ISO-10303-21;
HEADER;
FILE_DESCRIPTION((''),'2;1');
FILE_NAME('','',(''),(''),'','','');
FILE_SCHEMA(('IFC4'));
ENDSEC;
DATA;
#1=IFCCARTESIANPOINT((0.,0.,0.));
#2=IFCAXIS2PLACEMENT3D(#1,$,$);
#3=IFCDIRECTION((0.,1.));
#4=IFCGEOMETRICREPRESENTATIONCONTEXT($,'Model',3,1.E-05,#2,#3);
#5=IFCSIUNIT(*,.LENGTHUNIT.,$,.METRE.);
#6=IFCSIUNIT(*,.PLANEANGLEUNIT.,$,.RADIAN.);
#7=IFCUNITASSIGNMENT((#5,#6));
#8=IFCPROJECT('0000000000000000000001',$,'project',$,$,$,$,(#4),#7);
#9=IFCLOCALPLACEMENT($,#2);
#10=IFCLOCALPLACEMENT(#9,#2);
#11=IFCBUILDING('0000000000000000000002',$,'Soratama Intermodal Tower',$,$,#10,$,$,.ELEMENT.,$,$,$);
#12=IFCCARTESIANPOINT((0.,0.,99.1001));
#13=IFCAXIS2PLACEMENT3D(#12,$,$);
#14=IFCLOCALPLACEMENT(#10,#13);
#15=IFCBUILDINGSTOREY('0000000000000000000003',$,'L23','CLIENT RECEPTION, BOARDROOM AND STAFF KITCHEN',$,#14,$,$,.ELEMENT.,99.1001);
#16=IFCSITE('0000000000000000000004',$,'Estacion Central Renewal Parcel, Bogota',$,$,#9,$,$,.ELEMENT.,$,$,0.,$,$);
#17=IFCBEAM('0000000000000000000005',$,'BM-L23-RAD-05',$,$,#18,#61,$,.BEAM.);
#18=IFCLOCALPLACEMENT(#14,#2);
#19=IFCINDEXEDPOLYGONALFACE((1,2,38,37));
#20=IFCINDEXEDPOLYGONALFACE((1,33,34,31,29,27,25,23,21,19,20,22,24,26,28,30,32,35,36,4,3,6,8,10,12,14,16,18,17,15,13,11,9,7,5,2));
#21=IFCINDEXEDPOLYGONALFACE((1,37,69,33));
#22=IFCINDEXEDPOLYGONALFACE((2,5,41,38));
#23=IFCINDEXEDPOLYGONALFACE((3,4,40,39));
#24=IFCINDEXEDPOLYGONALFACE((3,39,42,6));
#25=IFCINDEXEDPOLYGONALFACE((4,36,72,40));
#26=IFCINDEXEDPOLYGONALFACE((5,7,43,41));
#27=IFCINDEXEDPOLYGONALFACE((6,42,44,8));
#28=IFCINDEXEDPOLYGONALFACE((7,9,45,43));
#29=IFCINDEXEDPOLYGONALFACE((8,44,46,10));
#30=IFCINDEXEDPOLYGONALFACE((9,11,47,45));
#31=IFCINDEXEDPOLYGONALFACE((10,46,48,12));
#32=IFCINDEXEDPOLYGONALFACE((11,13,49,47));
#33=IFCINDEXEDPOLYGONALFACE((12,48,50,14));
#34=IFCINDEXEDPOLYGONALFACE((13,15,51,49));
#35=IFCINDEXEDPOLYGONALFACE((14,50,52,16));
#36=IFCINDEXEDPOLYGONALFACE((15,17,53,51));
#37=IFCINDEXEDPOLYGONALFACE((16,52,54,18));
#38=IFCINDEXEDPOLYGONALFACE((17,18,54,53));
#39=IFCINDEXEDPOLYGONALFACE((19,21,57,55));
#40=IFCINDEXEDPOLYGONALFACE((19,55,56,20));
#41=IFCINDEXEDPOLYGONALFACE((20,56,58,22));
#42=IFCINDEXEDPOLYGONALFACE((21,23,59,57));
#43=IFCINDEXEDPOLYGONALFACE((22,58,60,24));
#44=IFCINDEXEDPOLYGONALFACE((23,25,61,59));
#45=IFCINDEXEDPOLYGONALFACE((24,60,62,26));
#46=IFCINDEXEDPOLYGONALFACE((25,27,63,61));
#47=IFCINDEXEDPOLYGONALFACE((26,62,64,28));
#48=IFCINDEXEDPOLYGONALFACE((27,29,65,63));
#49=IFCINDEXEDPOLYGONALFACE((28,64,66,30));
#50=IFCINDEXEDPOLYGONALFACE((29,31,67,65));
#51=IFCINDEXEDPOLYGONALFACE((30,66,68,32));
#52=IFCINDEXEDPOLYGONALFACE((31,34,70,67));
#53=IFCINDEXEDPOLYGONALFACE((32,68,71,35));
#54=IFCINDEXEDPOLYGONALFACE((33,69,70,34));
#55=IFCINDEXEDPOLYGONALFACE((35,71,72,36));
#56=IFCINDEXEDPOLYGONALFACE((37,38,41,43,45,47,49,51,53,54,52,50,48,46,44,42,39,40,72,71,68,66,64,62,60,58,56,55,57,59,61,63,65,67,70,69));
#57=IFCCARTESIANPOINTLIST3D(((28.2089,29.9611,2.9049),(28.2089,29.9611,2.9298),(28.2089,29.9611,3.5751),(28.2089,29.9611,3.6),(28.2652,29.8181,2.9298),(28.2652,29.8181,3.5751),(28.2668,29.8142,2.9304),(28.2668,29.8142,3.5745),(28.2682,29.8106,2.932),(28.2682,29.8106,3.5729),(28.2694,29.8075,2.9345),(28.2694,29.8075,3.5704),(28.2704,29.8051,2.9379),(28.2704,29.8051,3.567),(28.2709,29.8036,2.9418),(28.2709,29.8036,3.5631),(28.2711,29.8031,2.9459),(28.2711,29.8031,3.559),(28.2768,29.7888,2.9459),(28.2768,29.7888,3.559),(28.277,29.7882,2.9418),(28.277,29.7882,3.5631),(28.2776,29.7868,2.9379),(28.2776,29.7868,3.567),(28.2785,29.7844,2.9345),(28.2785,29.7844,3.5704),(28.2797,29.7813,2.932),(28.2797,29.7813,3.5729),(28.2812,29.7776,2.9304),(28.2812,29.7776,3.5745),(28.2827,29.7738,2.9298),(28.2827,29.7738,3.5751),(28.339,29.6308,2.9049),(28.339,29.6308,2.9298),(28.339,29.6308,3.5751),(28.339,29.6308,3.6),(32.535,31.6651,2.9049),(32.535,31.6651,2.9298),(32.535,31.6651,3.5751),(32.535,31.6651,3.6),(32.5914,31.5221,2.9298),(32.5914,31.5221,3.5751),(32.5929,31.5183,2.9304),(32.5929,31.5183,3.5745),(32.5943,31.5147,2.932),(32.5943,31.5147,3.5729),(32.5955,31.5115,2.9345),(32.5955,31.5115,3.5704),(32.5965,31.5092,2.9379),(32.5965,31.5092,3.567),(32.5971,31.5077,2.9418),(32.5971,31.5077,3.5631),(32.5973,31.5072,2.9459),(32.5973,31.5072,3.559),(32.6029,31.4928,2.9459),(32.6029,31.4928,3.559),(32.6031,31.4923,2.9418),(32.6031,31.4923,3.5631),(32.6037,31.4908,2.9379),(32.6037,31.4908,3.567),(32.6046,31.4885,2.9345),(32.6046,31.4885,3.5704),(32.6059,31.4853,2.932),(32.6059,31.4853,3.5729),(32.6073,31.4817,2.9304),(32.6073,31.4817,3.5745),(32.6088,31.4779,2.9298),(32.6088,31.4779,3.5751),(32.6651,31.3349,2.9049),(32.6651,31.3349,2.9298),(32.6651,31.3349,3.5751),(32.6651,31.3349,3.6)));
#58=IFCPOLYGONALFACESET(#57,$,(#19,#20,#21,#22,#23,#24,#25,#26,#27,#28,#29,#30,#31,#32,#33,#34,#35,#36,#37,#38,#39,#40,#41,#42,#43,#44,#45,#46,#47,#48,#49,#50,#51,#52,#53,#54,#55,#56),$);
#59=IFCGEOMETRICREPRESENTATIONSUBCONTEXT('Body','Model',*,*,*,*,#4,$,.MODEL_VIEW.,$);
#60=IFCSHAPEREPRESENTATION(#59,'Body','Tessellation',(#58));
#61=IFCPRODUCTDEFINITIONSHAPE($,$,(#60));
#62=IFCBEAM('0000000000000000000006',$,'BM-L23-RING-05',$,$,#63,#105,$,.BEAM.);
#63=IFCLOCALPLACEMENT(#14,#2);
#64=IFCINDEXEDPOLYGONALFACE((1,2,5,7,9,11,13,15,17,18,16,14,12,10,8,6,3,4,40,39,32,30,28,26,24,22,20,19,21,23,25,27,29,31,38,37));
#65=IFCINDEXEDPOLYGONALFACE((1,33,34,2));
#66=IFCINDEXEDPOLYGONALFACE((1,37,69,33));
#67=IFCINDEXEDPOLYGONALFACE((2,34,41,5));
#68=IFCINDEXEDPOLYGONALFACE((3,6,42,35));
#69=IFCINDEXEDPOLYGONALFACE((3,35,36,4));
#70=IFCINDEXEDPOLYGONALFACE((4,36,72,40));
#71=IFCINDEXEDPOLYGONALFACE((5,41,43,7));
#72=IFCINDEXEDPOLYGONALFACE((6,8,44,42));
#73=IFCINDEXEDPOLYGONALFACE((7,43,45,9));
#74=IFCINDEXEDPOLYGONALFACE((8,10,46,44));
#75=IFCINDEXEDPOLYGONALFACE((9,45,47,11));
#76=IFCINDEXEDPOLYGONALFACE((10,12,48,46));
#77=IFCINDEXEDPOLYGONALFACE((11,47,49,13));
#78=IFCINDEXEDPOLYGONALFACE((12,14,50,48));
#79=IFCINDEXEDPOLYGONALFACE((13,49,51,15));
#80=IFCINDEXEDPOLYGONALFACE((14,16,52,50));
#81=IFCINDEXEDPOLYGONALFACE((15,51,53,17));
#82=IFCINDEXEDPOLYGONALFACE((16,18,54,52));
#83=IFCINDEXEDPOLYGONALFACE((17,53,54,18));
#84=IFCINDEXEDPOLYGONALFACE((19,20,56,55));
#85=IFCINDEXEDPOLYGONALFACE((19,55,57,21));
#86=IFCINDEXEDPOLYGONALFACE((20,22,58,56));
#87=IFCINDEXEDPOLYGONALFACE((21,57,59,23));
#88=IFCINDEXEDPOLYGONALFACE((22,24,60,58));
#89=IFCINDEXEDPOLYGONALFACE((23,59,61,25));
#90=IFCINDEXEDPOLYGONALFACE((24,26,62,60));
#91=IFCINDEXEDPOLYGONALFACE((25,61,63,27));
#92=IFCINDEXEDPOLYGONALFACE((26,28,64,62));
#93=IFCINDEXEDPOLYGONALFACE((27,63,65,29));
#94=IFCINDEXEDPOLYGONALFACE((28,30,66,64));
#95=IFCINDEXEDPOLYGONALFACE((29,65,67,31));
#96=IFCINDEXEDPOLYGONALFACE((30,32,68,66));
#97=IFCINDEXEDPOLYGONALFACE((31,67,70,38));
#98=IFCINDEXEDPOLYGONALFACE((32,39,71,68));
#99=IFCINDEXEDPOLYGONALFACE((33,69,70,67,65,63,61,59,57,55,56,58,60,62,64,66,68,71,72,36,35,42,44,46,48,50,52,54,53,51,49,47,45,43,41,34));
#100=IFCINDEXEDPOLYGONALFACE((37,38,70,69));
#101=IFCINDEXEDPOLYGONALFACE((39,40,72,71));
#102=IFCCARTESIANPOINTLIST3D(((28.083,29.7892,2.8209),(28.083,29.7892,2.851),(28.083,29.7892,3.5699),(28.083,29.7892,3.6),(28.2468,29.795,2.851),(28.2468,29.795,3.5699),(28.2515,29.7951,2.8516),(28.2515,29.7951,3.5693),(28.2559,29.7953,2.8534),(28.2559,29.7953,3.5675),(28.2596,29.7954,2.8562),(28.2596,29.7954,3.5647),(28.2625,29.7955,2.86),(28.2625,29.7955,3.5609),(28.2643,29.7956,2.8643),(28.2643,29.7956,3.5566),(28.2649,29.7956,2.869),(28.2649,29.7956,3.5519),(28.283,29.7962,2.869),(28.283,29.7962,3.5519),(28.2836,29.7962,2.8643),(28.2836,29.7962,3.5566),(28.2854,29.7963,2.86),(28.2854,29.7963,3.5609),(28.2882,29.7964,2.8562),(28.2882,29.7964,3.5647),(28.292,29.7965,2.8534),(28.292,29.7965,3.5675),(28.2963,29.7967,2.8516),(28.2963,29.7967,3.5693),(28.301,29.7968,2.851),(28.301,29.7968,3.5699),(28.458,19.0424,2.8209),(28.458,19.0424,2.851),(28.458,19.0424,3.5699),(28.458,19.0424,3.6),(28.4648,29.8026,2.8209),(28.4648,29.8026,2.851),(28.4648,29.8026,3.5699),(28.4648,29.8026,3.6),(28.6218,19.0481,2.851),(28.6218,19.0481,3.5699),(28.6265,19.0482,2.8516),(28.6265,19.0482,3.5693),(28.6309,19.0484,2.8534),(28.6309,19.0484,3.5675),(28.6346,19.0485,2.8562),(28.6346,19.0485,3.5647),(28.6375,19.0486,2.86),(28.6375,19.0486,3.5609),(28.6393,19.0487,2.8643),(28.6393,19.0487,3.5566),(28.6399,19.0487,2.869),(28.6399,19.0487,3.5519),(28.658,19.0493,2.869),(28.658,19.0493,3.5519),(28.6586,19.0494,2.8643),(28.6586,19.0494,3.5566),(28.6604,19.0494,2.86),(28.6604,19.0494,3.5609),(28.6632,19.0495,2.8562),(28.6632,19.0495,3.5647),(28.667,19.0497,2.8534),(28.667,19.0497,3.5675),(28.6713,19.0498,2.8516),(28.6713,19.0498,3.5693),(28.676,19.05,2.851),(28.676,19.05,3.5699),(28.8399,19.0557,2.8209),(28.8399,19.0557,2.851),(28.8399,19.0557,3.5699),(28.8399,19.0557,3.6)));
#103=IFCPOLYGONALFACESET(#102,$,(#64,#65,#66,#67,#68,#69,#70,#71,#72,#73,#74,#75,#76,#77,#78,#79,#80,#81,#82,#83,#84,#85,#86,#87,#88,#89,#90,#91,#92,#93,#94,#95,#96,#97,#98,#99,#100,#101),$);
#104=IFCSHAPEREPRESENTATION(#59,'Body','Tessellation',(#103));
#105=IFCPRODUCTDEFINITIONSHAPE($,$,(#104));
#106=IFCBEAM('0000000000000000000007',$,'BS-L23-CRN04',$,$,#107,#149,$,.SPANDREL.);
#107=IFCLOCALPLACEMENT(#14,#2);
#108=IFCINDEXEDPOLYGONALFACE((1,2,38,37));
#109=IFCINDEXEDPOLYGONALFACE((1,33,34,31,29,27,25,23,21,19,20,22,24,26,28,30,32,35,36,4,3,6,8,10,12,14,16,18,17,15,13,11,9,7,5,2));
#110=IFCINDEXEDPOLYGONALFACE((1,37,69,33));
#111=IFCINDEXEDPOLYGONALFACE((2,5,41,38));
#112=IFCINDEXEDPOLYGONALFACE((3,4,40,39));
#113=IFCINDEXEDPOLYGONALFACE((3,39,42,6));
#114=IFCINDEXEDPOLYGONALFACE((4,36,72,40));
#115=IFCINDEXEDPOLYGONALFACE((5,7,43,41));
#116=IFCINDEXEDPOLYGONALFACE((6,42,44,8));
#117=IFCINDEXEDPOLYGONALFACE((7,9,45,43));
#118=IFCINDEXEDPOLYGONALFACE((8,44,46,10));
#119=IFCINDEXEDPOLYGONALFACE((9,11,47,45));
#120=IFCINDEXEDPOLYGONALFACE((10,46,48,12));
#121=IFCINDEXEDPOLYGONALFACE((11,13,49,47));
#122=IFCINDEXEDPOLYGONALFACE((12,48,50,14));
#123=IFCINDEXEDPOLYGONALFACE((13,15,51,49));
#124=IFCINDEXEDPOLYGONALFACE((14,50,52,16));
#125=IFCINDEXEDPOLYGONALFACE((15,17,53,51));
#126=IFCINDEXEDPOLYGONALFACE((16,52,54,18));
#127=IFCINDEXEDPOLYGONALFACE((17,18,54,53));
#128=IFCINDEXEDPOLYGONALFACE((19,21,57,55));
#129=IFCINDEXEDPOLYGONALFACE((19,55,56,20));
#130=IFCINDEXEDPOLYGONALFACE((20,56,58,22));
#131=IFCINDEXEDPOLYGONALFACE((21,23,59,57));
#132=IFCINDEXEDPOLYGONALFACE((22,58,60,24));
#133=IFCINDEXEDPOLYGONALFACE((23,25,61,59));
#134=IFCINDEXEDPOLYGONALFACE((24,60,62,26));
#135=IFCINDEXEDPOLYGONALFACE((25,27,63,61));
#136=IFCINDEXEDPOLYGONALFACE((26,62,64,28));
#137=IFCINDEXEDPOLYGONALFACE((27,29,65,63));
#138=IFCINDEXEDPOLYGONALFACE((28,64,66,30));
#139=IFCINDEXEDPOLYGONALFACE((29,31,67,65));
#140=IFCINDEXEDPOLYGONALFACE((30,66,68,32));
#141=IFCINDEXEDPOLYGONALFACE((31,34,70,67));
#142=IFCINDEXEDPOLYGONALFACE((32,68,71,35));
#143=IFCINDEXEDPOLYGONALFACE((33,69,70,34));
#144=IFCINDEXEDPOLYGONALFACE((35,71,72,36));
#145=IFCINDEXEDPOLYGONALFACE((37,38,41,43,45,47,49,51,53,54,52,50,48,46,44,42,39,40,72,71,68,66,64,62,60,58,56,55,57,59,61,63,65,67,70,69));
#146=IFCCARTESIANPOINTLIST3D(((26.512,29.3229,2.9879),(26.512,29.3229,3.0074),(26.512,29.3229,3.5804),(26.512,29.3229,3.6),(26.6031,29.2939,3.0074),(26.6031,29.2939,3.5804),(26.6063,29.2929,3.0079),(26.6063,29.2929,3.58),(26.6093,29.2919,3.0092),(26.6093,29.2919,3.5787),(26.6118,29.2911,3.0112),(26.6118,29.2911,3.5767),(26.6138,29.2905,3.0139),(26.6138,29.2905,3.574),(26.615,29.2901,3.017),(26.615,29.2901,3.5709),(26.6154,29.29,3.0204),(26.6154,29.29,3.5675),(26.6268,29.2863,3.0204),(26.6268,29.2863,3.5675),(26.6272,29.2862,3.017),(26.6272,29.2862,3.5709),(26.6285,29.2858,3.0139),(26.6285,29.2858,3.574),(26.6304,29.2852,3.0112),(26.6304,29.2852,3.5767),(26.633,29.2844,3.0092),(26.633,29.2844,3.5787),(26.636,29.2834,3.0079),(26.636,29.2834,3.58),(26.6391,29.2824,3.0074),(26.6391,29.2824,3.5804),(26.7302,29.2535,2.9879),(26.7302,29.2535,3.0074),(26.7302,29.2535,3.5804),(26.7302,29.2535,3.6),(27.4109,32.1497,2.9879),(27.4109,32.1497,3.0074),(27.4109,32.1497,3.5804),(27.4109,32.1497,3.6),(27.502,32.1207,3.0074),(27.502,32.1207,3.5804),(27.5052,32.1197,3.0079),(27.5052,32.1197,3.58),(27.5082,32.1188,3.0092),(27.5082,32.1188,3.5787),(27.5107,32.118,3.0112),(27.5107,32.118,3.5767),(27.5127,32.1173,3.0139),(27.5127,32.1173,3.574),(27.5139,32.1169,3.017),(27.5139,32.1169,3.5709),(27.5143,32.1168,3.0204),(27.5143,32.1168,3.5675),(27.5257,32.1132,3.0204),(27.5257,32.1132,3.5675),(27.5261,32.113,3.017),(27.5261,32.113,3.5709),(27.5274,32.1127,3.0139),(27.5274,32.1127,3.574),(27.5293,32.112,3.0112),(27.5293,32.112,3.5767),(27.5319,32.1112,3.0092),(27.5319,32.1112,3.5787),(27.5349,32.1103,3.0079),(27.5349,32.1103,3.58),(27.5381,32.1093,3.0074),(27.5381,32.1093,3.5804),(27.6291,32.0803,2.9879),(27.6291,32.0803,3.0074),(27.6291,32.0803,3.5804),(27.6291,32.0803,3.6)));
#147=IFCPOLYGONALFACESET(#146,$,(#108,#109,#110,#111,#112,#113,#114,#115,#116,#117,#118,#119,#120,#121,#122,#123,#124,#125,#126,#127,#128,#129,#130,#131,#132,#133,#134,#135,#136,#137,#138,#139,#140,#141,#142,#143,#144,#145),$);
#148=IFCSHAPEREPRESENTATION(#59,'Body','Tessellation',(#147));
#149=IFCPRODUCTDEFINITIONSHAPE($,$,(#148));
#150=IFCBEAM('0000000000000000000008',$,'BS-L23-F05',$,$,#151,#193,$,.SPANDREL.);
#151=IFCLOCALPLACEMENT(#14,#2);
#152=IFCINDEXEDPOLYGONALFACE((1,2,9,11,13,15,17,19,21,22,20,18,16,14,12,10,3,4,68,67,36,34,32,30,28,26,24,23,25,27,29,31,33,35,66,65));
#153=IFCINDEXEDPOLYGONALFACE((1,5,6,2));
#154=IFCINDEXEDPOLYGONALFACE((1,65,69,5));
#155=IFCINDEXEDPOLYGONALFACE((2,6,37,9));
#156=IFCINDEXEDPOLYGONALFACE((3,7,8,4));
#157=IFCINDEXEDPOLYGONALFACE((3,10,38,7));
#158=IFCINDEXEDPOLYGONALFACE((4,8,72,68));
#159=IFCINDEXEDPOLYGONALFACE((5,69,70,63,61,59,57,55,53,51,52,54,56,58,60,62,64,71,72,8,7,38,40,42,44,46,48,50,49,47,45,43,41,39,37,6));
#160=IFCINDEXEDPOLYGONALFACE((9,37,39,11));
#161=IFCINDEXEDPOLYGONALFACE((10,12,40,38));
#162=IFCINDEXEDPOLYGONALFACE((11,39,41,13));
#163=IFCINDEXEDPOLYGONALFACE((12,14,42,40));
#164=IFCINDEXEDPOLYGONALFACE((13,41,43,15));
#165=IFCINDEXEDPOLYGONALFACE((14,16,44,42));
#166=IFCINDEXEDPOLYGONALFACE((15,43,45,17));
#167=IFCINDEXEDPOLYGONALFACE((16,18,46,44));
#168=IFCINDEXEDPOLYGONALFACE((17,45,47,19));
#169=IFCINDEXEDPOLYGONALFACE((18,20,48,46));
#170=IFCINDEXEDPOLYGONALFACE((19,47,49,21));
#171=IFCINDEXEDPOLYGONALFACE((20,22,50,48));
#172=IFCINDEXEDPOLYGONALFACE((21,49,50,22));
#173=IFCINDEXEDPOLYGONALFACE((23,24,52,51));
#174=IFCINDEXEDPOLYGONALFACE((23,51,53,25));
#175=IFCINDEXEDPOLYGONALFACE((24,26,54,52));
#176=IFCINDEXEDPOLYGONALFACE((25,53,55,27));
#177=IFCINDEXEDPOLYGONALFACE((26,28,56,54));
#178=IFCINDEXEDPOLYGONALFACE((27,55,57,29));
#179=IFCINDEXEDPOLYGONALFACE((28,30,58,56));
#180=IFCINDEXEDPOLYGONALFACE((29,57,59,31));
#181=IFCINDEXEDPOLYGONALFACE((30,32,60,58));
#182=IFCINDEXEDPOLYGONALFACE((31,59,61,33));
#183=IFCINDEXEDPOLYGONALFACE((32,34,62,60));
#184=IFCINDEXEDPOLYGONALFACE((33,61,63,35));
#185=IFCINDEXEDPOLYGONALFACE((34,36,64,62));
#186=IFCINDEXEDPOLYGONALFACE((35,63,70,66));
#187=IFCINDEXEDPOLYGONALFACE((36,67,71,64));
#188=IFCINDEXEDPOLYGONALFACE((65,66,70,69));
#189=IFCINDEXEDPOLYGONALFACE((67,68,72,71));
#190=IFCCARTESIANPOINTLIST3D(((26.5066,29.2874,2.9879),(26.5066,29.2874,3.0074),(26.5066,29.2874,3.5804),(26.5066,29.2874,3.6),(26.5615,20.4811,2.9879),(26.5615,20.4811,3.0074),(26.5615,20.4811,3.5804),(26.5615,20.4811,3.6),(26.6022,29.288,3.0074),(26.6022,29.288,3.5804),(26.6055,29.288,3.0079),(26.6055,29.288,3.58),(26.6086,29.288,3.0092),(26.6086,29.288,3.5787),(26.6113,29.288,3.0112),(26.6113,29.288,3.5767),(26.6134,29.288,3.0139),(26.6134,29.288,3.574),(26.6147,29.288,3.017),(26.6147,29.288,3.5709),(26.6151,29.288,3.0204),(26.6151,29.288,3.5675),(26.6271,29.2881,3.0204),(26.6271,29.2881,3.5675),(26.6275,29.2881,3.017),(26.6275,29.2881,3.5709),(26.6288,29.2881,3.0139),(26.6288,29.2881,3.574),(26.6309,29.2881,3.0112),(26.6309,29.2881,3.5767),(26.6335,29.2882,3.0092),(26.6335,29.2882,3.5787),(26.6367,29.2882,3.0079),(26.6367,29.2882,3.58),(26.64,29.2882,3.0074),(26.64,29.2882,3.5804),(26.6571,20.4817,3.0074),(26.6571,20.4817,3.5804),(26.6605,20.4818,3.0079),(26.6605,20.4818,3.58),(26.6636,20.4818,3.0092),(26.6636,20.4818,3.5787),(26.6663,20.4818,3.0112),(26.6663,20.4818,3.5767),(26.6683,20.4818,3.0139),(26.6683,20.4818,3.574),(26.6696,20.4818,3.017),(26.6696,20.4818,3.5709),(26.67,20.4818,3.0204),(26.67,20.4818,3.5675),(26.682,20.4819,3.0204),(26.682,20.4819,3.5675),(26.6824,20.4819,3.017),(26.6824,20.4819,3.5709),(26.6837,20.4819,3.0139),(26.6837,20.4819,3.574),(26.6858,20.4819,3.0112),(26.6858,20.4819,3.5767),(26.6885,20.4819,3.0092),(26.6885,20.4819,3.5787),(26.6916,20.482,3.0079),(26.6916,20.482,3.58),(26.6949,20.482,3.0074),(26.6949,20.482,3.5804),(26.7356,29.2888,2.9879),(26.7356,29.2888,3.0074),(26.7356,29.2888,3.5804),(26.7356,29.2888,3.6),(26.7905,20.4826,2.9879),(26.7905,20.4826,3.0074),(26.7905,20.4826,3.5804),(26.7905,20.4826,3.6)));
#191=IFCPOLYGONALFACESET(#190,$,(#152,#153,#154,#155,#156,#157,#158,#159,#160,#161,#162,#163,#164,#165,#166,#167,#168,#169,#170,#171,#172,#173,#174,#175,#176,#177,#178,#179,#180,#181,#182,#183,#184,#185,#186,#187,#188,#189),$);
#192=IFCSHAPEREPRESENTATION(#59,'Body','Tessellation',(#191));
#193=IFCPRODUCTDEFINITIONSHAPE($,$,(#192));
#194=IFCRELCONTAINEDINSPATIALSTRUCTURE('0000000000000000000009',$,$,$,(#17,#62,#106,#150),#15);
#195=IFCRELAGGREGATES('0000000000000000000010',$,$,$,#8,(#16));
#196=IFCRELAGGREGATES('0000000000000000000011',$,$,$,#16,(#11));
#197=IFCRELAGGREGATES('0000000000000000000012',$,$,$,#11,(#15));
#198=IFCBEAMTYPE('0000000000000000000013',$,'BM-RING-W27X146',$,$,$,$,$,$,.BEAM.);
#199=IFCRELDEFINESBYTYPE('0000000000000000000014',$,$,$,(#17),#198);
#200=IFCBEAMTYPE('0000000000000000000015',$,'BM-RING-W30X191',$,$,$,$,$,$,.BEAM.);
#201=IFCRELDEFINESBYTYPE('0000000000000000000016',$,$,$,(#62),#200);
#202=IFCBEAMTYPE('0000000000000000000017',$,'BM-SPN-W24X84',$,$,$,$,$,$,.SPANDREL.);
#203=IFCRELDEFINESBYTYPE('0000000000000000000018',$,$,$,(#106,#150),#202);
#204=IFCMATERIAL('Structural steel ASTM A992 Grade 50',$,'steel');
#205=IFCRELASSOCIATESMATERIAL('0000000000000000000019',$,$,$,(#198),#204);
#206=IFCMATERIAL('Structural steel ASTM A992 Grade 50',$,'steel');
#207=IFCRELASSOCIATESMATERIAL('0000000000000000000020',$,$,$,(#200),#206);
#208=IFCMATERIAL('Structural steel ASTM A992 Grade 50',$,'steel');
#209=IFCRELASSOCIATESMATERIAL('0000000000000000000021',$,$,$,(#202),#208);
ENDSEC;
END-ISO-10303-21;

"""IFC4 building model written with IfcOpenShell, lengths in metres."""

from ifc_helpers import new_model, si_unit, direction, frame, origin, origin_2d, place, context, subcontext, project, spatial, i_section, extrude, material, material_profile, profile_set, type_object, element, save


model = new_model("IFC4")

# Units and contexts
model_context = context("Model", 3, precision=1e-05, world=origin(), true_north=direction((0.0, 1.0)))
body_context = subcontext(model_context, "Body", "Model", "MODEL_VIEW")
ifc_project = project(units=[si_unit("LENGTHUNIT", "METRE"), si_unit("PLANEANGLEUNIT", "RADIAN")], contexts=[model_context])

# Site, building, storey
site_placement = place(None, origin())
site = spatial("IfcSite", under=ifc_project, at=site_placement, Name="Estacion Central Renewal Parcel, Bogota", CompositionType="ELEMENT", RefElevation=0.0)
building_placement = place(site_placement, origin())
building = spatial("IfcBuilding", under=site, at=building_placement, Name="Soratama Intermodal Tower", CompositionType="ELEMENT")
storey_placement = place(building_placement, frame((0.0, 0.0, 99.1001)))
storey = spatial("IfcBuildingStorey", under=building, at=storey_placement, Name="L23", Description="CLIENT RECEPTION, BOARDROOM AND STAFF KITCHEN", CompositionType="ELEMENT", Elevation=99.1001)

# Beams
ifc_material_1 = material(Name="Structural steel ASTM A992 Grade 50", Category="steel")
ifc_material_profile_1 = material_profile(ifc_material_1, i_section(OverallWidth=0.355, OverallDepth=0.6951, WebThickness=0.0154, FlangeThickness=0.0249, FilletRadius=0.0161, at=origin_2d()), Name="W27X146")
ifc_profile_set_1 = profile_set([ifc_material_profile_1], Name="Structural steel ASTM A992 Grade 50")
beam_type_1 = type_object("IfcBeamType", Name="BM-RING-W27X146", PredefinedType="BEAM", material=ifc_profile_set_1)
beam_1_placement = place(storey_placement, frame((32.6001, 31.5, 3.2524), z_axis=(-0.930419, -0.366497, 0.0), x_axis=(0.366497, -0.930419, 0.0)))
element("IfcBeam", 1, at=beam_1_placement, inside=storey, type_object=beam_type_1, Name="BM-L23-RAD-05", PredefinedType="BEAM", context=body_context, shape_type="SweptSolid", body=[
    extrude(i_section(OverallWidth=0.355, OverallDepth=0.6951, WebThickness=0.0154, FlangeThickness=0.0249, FilletRadius=0.0161, at=origin_2d()), origin(), (0.0, 0.0, 1.0), 4.6497),
])
ifc_material_2 = material(Name="Structural steel ASTM A992 Grade 50", Category="steel")
ifc_material_profile_2 = material_profile(ifc_material_2, i_section(OverallWidth=0.3821, OverallDepth=0.7791, WebThickness=0.0181, FlangeThickness=0.03, FilletRadius=0.0181, at=origin_2d()), Name="W30X191")
ifc_profile_set_2 = profile_set([ifc_material_profile_2], Name="Structural steel ASTM A992 Grade 50")
beam_type_2 = type_object("IfcBeamType", Name="BM-RING-W30X191", PredefinedType="BEAM", material=ifc_profile_set_2)
beam_2_placement = place(storey_placement, frame((28.2739, 29.7959, 3.2104), z_axis=(0.034873, -0.999392, 0.0), x_axis=(0.999392, 0.034873, 0.0)))
element("IfcBeam", 2, at=beam_2_placement, inside=storey, type_object=beam_type_2, Name="BM-L23-RING-05", PredefinedType="BEAM", context=body_context, shape_type="SweptSolid", body=[
    extrude(i_section(OverallWidth=0.3821, OverallDepth=0.7791, WebThickness=0.0181, FlangeThickness=0.03, FilletRadius=0.0181, at=origin_2d()), origin(), (0.0, 0.0, 1.0), 10.7534),
])
ifc_material_3 = material(Name="Structural steel ASTM A992 Grade 50", Category="steel")
ifc_material_profile_3 = material_profile(ifc_material_3, i_section(OverallWidth=0.229, OverallDepth=0.6121, WebThickness=0.012, FlangeThickness=0.0195, FilletRadius=0.0129, at=origin_2d()), Name="W24X84")
ifc_profile_set_3 = profile_set([ifc_material_profile_3], Name="Structural steel ASTM A992 Grade 50")
beam_type_3 = type_object("IfcBeamType", Name="BM-SPN-W24X84", PredefinedType="SPANDREL", material=ifc_profile_set_3)
beam_3_placement = place(storey_placement, frame((27.52, 32.115, 3.2939), z_axis=(-0.303037, -0.952979, 0.0), x_axis=(0.952979, -0.303037, 0.0)))
element("IfcBeam", 3, at=beam_3_placement, inside=storey, type_object=beam_type_3, Name="BS-L23-CRN04", PredefinedType="SPANDREL", context=body_context, shape_type="SweptSolid", body=[
    extrude(i_section(OverallWidth=0.229, OverallDepth=0.6121, WebThickness=0.012, FlangeThickness=0.0195, FilletRadius=0.0129, at=origin_2d()), origin(), (0.0, 0.0, 1.0), 2.9663),
])
beam_4_placement = place(storey_placement, frame((26.6211, 29.2881, 3.2939), z_axis=(0.006238, -0.999981, 0.0), x_axis=(0.999981, 0.006238, 0.0)))
element("IfcBeam", 4, at=beam_4_placement, inside=storey, type_object=beam_type_3, Name="BS-L23-F05", PredefinedType="SPANDREL", context=body_context, shape_type="SweptSolid", body=[
    extrude(i_section(OverallWidth=0.229, OverallDepth=0.6121, WebThickness=0.012, FlangeThickness=0.0195, FilletRadius=0.0129, at=origin_2d()), origin(), (0.0, 0.0, 1.0), 8.8064),
])

save(model, "model.ifc")
